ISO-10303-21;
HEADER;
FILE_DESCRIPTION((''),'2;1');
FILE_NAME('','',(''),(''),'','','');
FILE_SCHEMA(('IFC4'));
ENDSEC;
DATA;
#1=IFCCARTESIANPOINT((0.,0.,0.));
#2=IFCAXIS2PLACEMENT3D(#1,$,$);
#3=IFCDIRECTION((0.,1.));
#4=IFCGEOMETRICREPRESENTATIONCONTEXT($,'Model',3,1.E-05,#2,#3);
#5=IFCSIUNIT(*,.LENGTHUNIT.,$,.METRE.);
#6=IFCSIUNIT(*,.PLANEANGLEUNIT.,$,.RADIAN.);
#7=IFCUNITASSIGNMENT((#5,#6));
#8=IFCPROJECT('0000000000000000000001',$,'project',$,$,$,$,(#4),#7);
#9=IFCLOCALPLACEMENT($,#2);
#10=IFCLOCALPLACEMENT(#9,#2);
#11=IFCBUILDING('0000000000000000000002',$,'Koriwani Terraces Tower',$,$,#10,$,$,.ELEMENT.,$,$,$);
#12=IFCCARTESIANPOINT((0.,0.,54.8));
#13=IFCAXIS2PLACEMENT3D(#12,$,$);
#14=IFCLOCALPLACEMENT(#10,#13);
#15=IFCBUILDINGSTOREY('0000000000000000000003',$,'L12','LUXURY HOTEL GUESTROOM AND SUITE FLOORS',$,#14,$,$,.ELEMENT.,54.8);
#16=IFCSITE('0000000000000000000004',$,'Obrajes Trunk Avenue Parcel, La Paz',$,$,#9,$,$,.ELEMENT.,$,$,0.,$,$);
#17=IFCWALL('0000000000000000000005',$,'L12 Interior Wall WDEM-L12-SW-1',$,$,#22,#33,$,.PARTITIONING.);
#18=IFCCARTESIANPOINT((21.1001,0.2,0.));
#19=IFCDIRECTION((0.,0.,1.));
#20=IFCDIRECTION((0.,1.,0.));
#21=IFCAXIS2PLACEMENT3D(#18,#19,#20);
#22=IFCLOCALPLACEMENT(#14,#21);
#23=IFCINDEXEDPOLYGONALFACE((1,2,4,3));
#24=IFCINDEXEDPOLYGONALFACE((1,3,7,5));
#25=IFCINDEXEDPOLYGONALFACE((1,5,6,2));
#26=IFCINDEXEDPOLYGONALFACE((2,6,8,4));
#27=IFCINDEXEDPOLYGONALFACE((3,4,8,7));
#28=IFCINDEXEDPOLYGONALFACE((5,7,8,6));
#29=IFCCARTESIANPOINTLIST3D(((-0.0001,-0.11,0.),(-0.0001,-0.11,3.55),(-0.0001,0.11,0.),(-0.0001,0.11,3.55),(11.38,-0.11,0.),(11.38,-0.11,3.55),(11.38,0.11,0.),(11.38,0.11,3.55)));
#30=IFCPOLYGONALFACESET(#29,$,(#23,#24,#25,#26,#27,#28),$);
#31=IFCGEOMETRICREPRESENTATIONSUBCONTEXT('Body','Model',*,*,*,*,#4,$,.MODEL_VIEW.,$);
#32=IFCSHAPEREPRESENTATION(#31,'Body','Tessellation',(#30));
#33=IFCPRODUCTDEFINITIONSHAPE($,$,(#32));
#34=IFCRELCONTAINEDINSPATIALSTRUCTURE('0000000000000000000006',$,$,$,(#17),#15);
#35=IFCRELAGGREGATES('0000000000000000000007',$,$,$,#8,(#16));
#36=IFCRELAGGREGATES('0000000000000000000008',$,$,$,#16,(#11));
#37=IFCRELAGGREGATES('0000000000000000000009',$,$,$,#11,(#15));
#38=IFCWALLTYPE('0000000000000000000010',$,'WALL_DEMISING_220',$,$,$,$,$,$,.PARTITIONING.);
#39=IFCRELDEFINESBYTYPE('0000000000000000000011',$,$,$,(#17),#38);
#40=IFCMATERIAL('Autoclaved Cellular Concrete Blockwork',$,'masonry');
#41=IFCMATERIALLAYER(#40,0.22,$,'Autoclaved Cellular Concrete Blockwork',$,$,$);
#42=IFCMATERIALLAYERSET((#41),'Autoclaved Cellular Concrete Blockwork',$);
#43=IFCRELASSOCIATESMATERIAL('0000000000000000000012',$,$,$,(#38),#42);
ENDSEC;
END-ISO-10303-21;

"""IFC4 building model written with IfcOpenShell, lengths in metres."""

from ifc_helpers import new_model, si_unit, direction, frame, frame_2d, origin, place, context, subcontext, project, spatial, rectangle, extrude, material, layer, layer_set, type_object, element, save


model = new_model("IFC4")

# Units and contexts
model_context = context("Model", 3, precision=1e-05, world=origin(), true_north=direction((0.0, 1.0)))
body_context = subcontext(model_context, "Body", "Model", "MODEL_VIEW")
ifc_project = project(units=[si_unit("LENGTHUNIT", "METRE"), si_unit("PLANEANGLEUNIT", "RADIAN")], contexts=[model_context])

# Site, building, storey
site_placement = place(None, origin())
site = spatial("IfcSite", under=ifc_project, at=site_placement, Name="Obrajes Trunk Avenue Parcel, La Paz", CompositionType="ELEMENT", RefElevation=0.0)
building_placement = place(site_placement, origin())
building = spatial("IfcBuilding", under=site, at=building_placement, Name="Koriwani Terraces Tower", CompositionType="ELEMENT")
storey_placement = place(building_placement, frame((0.0, 0.0, 54.8)))
storey = spatial("IfcBuildingStorey", under=building, at=storey_placement, Name="L12", Description="LUXURY HOTEL GUESTROOM AND SUITE FLOORS", CompositionType="ELEMENT", Elevation=54.8)

# Wall
ifc_material_1 = material(Name="Autoclaved Cellular Concrete Blockwork", Category="masonry")
ifc_layer_1 = layer(ifc_material_1, 0.22, Name="Autoclaved Cellular Concrete Blockwork")
ifc_layer_set_1 = layer_set([ifc_layer_1], Name="Autoclaved Cellular Concrete Blockwork")
wall_type_1 = type_object("IfcWallType", Name="WALL_DEMISING_220", PredefinedType="PARTITIONING", material=ifc_layer_set_1)
wall_1_placement = place(storey_placement, frame((21.1001, 0.2, 0.0), z_axis=(0.0, 0.0, 1.0), x_axis=(0.0, 1.0, 0.0)))
element("IfcWall", 1, at=wall_1_placement, inside=storey, type_object=wall_type_1, Name="L12 Interior Wall WDEM-L12-SW-1", PredefinedType="PARTITIONING", context=body_context, shape_type="SweptSolid", body=[
    extrude(rectangle(XDim=11.3801, YDim=0.22, at=frame_2d((5.6899, 0.0))), origin(), (0.0, 0.0, 1.0), 3.55),
])

save(model, "model.ifc")
